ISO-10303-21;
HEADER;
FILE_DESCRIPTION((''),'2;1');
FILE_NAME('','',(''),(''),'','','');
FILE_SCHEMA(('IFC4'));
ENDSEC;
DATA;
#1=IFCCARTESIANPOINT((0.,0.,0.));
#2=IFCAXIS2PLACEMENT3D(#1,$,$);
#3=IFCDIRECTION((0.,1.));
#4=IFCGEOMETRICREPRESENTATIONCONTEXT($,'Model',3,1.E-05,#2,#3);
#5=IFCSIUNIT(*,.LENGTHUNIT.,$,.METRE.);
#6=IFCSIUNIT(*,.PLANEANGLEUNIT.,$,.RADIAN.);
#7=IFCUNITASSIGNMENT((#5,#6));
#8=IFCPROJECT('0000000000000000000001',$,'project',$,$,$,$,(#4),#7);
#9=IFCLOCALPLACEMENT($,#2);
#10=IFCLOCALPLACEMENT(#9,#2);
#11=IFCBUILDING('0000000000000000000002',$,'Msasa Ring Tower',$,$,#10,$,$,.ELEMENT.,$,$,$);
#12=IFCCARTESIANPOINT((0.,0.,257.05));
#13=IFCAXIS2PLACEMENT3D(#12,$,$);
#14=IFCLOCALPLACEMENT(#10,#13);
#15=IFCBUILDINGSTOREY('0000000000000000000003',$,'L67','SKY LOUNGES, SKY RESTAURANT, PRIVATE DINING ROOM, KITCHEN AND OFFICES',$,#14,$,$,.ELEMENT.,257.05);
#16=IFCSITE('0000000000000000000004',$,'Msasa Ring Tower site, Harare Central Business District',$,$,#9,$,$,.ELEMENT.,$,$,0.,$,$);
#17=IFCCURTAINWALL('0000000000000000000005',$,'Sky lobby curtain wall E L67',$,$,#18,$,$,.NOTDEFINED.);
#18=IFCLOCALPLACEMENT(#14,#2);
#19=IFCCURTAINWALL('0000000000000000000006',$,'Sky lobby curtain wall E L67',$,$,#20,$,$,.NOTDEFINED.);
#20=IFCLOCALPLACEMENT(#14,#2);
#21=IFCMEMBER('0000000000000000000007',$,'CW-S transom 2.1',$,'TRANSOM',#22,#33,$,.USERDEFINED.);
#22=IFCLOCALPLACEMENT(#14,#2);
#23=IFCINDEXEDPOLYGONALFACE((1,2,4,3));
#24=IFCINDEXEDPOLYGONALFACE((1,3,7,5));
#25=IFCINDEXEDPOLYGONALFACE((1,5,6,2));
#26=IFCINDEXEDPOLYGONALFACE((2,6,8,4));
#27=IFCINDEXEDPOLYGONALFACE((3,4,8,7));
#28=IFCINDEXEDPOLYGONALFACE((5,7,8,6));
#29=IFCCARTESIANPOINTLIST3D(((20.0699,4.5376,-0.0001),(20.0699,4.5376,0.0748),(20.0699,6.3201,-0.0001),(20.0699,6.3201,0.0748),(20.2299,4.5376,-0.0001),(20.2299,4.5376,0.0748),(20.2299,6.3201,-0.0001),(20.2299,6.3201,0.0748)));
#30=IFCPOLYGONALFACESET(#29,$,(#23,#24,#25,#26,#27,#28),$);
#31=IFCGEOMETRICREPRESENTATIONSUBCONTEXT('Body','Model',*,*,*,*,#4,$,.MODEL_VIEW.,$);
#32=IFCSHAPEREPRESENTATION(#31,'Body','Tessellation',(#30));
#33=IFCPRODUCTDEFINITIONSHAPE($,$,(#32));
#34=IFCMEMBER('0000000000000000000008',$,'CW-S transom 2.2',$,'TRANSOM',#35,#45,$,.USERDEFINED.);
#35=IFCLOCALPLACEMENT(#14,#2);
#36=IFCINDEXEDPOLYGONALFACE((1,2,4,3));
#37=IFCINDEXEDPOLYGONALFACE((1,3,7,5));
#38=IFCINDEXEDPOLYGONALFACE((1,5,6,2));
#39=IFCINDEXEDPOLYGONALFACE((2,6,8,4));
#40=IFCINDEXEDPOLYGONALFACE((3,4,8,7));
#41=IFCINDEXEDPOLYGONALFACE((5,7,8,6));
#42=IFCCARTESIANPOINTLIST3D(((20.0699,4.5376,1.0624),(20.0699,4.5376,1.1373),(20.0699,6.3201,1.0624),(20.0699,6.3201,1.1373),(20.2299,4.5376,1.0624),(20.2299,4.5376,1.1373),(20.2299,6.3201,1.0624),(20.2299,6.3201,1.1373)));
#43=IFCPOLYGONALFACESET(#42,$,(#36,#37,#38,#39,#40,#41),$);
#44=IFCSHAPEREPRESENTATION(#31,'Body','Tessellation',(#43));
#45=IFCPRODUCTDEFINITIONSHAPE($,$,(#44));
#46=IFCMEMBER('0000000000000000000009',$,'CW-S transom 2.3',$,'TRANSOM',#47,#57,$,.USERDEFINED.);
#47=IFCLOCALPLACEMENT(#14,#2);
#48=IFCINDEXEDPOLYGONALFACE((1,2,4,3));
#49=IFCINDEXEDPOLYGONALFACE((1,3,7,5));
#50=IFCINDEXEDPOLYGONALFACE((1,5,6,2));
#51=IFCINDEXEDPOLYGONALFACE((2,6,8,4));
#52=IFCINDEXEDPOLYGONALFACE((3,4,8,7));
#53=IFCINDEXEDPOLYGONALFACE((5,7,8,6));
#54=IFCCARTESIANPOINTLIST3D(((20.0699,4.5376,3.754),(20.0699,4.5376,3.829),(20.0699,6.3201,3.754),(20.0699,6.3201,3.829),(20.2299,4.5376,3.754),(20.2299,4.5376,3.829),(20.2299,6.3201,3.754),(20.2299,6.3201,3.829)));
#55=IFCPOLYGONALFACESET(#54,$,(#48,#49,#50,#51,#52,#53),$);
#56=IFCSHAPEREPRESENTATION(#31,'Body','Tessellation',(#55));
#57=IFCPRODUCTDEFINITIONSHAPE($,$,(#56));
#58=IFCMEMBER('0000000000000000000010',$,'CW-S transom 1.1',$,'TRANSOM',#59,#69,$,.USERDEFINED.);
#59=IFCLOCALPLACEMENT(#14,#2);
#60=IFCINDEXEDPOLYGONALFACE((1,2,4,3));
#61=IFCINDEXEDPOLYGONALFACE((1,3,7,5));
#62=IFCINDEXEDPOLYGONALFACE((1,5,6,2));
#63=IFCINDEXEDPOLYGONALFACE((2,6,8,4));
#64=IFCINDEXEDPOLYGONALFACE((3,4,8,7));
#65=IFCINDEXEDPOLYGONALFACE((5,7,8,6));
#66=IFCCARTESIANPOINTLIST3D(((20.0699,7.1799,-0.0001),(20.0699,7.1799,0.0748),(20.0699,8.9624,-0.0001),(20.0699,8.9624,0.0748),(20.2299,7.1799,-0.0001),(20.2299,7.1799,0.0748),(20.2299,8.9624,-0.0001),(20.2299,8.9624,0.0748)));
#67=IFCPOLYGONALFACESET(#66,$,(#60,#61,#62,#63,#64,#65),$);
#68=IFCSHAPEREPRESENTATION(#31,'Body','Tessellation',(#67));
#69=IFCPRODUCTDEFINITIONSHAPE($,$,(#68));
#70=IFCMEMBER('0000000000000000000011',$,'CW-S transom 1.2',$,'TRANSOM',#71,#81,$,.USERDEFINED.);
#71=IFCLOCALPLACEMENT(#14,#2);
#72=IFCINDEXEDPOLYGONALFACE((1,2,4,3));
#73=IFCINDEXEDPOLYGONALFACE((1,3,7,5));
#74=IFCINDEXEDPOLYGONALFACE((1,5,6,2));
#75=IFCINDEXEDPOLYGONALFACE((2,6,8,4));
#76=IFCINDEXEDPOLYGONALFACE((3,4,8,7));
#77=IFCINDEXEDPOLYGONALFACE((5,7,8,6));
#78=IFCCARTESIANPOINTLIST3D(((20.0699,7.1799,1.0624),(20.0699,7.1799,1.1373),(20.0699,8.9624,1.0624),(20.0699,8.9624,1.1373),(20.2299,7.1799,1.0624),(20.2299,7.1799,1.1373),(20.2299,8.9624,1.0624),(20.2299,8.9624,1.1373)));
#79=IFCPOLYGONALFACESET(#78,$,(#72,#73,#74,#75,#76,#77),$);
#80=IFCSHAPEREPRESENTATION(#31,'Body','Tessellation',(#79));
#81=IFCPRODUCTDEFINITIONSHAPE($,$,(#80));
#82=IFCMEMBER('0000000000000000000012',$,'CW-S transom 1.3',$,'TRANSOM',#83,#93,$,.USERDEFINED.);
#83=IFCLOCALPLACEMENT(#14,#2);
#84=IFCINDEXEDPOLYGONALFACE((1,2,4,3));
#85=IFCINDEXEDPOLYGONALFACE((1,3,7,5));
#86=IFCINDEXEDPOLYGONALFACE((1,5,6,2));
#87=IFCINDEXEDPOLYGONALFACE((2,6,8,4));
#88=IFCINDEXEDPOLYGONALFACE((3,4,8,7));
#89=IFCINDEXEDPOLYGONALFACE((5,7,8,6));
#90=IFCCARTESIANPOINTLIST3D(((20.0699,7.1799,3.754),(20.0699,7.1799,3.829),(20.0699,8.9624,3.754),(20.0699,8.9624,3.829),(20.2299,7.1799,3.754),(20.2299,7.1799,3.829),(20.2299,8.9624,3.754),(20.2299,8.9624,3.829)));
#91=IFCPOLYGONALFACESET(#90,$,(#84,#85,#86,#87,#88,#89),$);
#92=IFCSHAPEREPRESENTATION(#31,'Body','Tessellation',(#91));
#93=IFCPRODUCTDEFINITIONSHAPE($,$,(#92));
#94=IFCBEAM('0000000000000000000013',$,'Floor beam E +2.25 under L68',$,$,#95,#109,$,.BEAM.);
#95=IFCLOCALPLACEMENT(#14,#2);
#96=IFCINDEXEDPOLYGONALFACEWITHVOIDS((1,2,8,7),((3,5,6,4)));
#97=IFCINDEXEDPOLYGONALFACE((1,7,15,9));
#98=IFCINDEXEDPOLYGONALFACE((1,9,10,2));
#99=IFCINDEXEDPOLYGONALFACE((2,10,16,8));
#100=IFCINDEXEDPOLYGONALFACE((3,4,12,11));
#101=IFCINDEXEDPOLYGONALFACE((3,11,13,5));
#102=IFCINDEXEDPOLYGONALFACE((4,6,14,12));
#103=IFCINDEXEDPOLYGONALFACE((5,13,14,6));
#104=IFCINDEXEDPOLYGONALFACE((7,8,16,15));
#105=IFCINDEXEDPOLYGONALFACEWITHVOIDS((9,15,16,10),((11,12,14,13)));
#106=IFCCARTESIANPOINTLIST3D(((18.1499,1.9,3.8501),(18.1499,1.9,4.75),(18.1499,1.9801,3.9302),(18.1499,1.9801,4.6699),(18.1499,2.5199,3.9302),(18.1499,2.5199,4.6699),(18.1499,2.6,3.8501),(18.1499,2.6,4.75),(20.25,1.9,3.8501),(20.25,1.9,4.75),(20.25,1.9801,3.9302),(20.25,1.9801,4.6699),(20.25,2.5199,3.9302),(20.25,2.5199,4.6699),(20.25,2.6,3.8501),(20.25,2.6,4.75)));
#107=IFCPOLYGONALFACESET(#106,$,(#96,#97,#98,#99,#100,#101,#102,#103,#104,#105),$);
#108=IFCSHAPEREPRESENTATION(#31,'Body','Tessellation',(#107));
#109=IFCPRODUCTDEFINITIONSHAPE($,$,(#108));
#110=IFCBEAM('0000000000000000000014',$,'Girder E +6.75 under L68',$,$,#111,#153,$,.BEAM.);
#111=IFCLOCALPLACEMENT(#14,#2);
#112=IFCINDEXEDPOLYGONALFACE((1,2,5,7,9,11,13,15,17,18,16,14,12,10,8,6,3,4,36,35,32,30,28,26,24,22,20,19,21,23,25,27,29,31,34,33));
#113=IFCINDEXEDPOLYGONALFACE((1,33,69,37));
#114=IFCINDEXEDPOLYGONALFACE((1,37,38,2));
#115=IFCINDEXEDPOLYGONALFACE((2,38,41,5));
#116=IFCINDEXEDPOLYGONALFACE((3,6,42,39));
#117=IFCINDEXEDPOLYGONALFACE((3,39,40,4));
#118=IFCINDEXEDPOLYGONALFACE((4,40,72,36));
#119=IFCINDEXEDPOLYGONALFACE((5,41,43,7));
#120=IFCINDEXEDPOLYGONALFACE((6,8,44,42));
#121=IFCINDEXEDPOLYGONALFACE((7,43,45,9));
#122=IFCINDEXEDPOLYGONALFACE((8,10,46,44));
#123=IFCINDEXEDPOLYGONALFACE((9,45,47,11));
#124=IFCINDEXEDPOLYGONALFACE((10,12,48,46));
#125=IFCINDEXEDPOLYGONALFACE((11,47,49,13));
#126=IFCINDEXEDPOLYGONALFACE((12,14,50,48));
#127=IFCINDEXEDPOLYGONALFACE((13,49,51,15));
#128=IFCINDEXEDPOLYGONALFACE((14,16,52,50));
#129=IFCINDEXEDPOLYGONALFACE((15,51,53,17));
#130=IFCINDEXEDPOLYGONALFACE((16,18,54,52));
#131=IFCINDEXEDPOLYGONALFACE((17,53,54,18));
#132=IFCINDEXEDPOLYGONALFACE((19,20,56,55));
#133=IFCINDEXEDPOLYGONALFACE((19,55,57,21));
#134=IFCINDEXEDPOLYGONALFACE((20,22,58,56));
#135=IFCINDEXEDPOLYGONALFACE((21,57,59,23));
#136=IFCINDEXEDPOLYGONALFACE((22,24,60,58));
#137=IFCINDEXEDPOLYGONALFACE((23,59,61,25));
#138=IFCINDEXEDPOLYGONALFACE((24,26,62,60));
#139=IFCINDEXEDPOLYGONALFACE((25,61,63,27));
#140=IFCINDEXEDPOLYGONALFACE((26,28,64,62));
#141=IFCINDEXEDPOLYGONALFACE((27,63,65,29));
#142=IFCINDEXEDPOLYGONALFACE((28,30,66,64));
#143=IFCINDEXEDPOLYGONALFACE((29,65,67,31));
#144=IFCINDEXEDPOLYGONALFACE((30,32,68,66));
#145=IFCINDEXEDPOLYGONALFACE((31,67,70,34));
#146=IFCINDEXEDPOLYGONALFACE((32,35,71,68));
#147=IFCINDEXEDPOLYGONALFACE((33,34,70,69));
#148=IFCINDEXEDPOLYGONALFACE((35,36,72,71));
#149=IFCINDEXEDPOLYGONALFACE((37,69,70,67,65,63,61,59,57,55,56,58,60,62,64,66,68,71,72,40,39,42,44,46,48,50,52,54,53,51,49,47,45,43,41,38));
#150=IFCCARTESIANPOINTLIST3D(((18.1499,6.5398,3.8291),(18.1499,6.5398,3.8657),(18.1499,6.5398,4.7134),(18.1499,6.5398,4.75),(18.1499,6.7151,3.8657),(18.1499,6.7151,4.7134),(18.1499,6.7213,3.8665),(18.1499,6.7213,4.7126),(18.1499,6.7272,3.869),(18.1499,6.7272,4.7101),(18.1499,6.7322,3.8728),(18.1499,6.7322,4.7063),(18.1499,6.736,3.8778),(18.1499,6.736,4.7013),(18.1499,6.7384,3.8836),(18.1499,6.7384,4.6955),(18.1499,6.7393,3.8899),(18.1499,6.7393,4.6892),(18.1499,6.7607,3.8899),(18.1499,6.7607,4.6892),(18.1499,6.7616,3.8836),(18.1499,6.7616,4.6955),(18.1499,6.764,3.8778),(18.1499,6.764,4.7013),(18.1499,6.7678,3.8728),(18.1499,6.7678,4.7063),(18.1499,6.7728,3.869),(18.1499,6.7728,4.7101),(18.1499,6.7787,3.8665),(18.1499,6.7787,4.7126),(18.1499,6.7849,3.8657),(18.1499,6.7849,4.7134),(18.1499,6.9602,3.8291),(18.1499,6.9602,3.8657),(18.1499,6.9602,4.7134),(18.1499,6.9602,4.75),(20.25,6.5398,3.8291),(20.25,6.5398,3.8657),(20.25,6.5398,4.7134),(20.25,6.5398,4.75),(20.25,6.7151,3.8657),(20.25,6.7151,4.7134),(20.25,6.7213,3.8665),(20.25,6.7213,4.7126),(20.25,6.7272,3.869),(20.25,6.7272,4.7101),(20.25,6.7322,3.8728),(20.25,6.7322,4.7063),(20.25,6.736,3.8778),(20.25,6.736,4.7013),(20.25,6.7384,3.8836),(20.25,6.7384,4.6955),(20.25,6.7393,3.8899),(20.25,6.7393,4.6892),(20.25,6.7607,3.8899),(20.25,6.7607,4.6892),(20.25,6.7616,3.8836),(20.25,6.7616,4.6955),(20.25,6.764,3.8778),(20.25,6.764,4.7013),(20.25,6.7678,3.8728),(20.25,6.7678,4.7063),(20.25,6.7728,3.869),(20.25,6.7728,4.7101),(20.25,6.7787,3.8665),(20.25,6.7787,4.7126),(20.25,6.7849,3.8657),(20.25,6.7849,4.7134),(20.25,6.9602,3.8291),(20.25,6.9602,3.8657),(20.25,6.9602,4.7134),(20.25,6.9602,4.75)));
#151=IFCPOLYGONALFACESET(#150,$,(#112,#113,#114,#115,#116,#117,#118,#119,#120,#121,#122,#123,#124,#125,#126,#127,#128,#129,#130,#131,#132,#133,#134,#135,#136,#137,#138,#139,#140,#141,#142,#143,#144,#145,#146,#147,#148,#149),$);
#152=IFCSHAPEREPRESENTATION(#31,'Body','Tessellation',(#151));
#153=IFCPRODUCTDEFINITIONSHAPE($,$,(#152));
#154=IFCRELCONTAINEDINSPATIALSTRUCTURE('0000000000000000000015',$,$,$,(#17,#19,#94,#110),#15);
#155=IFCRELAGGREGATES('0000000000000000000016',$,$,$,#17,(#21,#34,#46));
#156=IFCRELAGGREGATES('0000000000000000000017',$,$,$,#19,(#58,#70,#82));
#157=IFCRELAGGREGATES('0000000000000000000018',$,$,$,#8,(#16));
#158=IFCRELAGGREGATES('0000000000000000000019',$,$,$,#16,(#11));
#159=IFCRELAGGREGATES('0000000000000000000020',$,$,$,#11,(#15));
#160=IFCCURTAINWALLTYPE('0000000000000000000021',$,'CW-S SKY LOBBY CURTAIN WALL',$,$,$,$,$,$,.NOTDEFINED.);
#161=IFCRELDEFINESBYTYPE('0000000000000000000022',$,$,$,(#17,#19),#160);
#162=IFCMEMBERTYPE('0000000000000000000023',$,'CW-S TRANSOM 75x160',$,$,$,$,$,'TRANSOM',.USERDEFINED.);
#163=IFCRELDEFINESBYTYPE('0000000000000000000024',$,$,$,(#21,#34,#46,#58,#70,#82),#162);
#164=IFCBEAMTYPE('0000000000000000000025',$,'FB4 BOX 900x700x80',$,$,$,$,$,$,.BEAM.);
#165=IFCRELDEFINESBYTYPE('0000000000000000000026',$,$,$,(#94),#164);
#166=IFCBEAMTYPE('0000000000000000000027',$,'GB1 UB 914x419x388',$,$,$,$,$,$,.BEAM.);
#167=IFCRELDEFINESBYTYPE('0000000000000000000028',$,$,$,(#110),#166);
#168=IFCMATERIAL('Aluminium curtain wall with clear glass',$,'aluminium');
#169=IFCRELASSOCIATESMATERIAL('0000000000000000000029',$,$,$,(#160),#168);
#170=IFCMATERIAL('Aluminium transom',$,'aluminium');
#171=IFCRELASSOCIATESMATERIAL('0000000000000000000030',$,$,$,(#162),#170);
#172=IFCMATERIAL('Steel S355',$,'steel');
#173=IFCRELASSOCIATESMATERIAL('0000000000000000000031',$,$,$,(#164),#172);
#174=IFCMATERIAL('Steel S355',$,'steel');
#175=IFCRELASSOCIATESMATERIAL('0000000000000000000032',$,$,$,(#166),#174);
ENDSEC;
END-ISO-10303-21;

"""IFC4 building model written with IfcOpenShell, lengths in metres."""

from ifc_helpers import new_model, si_unit, direction, frame, origin, origin_2d, place, context, subcontext, project, spatial, rectangle, hollow_rectangle, i_section, extrude, material, material_profile, profile_set, type_object, element, aggregate, save


model = new_model("IFC4")

# Units and contexts
model_context = context("Model", 3, precision=1e-05, world=origin(), true_north=direction((0.0, 1.0)))
body_context = subcontext(model_context, "Body", "Model", "MODEL_VIEW")
ifc_project = project(units=[si_unit("LENGTHUNIT", "METRE"), si_unit("PLANEANGLEUNIT", "RADIAN")], contexts=[model_context])

# Site, building, storey
site_placement = place(None, origin())
site = spatial("IfcSite", under=ifc_project, at=site_placement, Name="Msasa Ring Tower site, Harare Central Business District", CompositionType="ELEMENT", RefElevation=0.0)
building_placement = place(site_placement, origin())
building = spatial("IfcBuilding", under=site, at=building_placement, Name="Msasa Ring Tower", CompositionType="ELEMENT")
storey_placement = place(building_placement, frame((0.0, 0.0, 257.05)))
storey = spatial("IfcBuildingStorey", under=building, at=storey_placement, Name="L67", Description="SKY LOUNGES, SKY RESTAURANT, PRIVATE DINING ROOM, KITCHEN AND OFFICES", CompositionType="ELEMENT", Elevation=257.05)

# Curtain wall
ifc_material_1 = material(Name="Aluminium curtain wall with clear glass", Category="aluminium")
curtain_wall_type = type_object("IfcCurtainWallType", Name="CW-S SKY LOBBY CURTAIN WALL", PredefinedType="NOTDEFINED", material=ifc_material_1)
curtain_wall_1_placement = place(storey_placement, origin())
curtain_wall_1 = element("IfcCurtainWall", 1, at=curtain_wall_1_placement, inside=storey, type_object=curtain_wall_type, Name="Sky lobby curtain wall E L67", PredefinedType="NOTDEFINED")

# Curtain wall
curtain_wall_2_placement = place(storey_placement, origin())
curtain_wall_2 = element("IfcCurtainWall", 2, at=curtain_wall_2_placement, inside=storey, type_object=curtain_wall_type, Name="Sky lobby curtain wall E L67", PredefinedType="NOTDEFINED")

# Members
ifc_material_2 = material(Name="Aluminium transom", Category="aluminium")
ifc_material_profile_1 = material_profile(ifc_material_2, rectangle(XDim=0.1599, YDim=0.075, at=origin_2d()), Name="AL 75x160")
ifc_profile_set_1 = profile_set([ifc_material_profile_1], Name="Aluminium transom")
member_type_1 = type_object("IfcMemberType", Name="CW-S TRANSOM 75x160", ElementType="TRANSOM", PredefinedType="USERDEFINED", material=ifc_profile_set_1)
member_1_placement = place(storey_placement, frame((20.1499, 4.5376, 0.0374), z_axis=(0.0, 1.0, 0.0), x_axis=(-1.0, 0.0, 0.0)))
member_1 = element("IfcMember", 3, at=member_1_placement, type_object=member_type_1, Name="CW-S transom 2.1", ObjectType="TRANSOM", PredefinedType="USERDEFINED", context=body_context, shape_type="SweptSolid", body=[
    extrude(rectangle(XDim=0.1599, YDim=0.075, at=origin_2d()), origin(), (0.0, 0.0, 1.0), 1.7825),
])
member_2_placement = place(storey_placement, frame((20.1499, 4.5376, 1.0999), z_axis=(0.0, 1.0, 0.0), x_axis=(-1.0, 0.0, 0.0)))
member_2 = element("IfcMember", 4, at=member_2_placement, type_object=member_type_1, Name="CW-S transom 2.2", ObjectType="TRANSOM", PredefinedType="USERDEFINED", context=body_context, shape_type="SweptSolid", body=[
    extrude(rectangle(XDim=0.1599, YDim=0.075, at=origin_2d()), origin(), (0.0, 0.0, 1.0), 1.7825),
])
member_3_placement = place(storey_placement, frame((20.1499, 4.5376, 3.7915), z_axis=(0.0, 1.0, 0.0), x_axis=(-1.0, 0.0, 0.0)))
member_3 = element("IfcMember", 5, at=member_3_placement, type_object=member_type_1, Name="CW-S transom 2.3", ObjectType="TRANSOM", PredefinedType="USERDEFINED", context=body_context, shape_type="SweptSolid", body=[
    extrude(rectangle(XDim=0.1599, YDim=0.075, at=origin_2d()), origin(), (0.0, 0.0, 1.0), 1.7825),
])
member_4_placement = place(storey_placement, frame((20.1499, 7.1799, 0.0374), z_axis=(0.0, 1.0, 0.0), x_axis=(-1.0, 0.0, 0.0)))
member_4 = element("IfcMember", 6, at=member_4_placement, type_object=member_type_1, Name="CW-S transom 1.1", ObjectType="TRANSOM", PredefinedType="USERDEFINED", context=body_context, shape_type="SweptSolid", body=[
    extrude(rectangle(XDim=0.1599, YDim=0.075, at=origin_2d()), origin(), (0.0, 0.0, 1.0), 1.7825),
])
member_5_placement = place(storey_placement, frame((20.1499, 7.1799, 1.0999), z_axis=(0.0, 1.0, 0.0), x_axis=(-1.0, 0.0, 0.0)))
member_5 = element("IfcMember", 7, at=member_5_placement, type_object=member_type_1, Name="CW-S transom 1.2", ObjectType="TRANSOM", PredefinedType="USERDEFINED", context=body_context, shape_type="SweptSolid", body=[
    extrude(rectangle(XDim=0.1599, YDim=0.075, at=origin_2d()), origin(), (0.0, 0.0, 1.0), 1.7825),
])
member_6_placement = place(storey_placement, frame((20.1499, 7.1799, 3.7915), z_axis=(0.0, 1.0, 0.0), x_axis=(-1.0, 0.0, 0.0)))
member_6 = element("IfcMember", 8, at=member_6_placement, type_object=member_type_1, Name="CW-S transom 1.3", ObjectType="TRANSOM", PredefinedType="USERDEFINED", context=body_context, shape_type="SweptSolid", body=[
    extrude(rectangle(XDim=0.1599, YDim=0.075, at=origin_2d()), origin(), (0.0, 0.0, 1.0), 1.7825),
])

# Beams
ifc_material_3 = material(Name="Steel S355", Category="steel")
ifc_material_profile_2 = material_profile(ifc_material_3, hollow_rectangle(XDim=0.7, YDim=0.8999, WallThickness=0.0801, at=origin_2d()), Name="BOX 900x700x80")
ifc_profile_set_2 = profile_set([ifc_material_profile_2], Name="Steel S355")
beam_type_1 = type_object("IfcBeamType", Name="FB4 BOX 900x700x80", PredefinedType="BEAM", material=ifc_profile_set_2)
beam_1_placement = place(storey_placement, frame((20.25, 2.25, 4.3), z_axis=(-1.0, 0.0, 0.0), x_axis=(0.0, -1.0, 0.0)))
element("IfcBeam", 9, at=beam_1_placement, inside=storey, type_object=beam_type_1, Name="Floor beam E +2.25 under L68", PredefinedType="BEAM", context=body_context, shape_type="SweptSolid", body=[
    extrude(hollow_rectangle(XDim=0.7, YDim=0.8999, WallThickness=0.0801, at=origin_2d()), origin(), (0.0, 0.0, 1.0), 2.1001),
])
ifc_material_4 = material(Name="Steel S355", Category="steel")
ifc_material_profile_3 = material_profile(ifc_material_4, i_section(OverallWidth=0.4204, OverallDepth=0.9209, WebThickness=0.0215, FlangeThickness=0.0366, FilletRadius=0.0242, at=origin_2d()), Name="UB 914x419x388")
ifc_profile_set_3 = profile_set([ifc_material_profile_3], Name="Steel S355")
beam_type_2 = type_object("IfcBeamType", Name="GB1 UB 914x419x388", PredefinedType="BEAM", material=ifc_profile_set_3)
beam_2_placement = place(storey_placement, frame((18.1499, 6.75, 4.2896), z_axis=(1.0, 0.0, 0.0), x_axis=(0.0, 1.0, 0.0)))
element("IfcBeam", 10, at=beam_2_placement, inside=storey, type_object=beam_type_2, Name="Girder E +6.75 under L68", PredefinedType="BEAM", context=body_context, shape_type="SweptSolid", body=[
    extrude(i_section(OverallWidth=0.4204, OverallDepth=0.9209, WebThickness=0.0215, FlangeThickness=0.0366, FilletRadius=0.0242, at=origin_2d()), origin(), (0.0, 0.0, 1.0), 2.1001),
])

aggregate(curtain_wall_1, [member_1, member_2, member_3])
aggregate(curtain_wall_2, [member_4, member_5, member_6])

save(model, "model.ifc")
